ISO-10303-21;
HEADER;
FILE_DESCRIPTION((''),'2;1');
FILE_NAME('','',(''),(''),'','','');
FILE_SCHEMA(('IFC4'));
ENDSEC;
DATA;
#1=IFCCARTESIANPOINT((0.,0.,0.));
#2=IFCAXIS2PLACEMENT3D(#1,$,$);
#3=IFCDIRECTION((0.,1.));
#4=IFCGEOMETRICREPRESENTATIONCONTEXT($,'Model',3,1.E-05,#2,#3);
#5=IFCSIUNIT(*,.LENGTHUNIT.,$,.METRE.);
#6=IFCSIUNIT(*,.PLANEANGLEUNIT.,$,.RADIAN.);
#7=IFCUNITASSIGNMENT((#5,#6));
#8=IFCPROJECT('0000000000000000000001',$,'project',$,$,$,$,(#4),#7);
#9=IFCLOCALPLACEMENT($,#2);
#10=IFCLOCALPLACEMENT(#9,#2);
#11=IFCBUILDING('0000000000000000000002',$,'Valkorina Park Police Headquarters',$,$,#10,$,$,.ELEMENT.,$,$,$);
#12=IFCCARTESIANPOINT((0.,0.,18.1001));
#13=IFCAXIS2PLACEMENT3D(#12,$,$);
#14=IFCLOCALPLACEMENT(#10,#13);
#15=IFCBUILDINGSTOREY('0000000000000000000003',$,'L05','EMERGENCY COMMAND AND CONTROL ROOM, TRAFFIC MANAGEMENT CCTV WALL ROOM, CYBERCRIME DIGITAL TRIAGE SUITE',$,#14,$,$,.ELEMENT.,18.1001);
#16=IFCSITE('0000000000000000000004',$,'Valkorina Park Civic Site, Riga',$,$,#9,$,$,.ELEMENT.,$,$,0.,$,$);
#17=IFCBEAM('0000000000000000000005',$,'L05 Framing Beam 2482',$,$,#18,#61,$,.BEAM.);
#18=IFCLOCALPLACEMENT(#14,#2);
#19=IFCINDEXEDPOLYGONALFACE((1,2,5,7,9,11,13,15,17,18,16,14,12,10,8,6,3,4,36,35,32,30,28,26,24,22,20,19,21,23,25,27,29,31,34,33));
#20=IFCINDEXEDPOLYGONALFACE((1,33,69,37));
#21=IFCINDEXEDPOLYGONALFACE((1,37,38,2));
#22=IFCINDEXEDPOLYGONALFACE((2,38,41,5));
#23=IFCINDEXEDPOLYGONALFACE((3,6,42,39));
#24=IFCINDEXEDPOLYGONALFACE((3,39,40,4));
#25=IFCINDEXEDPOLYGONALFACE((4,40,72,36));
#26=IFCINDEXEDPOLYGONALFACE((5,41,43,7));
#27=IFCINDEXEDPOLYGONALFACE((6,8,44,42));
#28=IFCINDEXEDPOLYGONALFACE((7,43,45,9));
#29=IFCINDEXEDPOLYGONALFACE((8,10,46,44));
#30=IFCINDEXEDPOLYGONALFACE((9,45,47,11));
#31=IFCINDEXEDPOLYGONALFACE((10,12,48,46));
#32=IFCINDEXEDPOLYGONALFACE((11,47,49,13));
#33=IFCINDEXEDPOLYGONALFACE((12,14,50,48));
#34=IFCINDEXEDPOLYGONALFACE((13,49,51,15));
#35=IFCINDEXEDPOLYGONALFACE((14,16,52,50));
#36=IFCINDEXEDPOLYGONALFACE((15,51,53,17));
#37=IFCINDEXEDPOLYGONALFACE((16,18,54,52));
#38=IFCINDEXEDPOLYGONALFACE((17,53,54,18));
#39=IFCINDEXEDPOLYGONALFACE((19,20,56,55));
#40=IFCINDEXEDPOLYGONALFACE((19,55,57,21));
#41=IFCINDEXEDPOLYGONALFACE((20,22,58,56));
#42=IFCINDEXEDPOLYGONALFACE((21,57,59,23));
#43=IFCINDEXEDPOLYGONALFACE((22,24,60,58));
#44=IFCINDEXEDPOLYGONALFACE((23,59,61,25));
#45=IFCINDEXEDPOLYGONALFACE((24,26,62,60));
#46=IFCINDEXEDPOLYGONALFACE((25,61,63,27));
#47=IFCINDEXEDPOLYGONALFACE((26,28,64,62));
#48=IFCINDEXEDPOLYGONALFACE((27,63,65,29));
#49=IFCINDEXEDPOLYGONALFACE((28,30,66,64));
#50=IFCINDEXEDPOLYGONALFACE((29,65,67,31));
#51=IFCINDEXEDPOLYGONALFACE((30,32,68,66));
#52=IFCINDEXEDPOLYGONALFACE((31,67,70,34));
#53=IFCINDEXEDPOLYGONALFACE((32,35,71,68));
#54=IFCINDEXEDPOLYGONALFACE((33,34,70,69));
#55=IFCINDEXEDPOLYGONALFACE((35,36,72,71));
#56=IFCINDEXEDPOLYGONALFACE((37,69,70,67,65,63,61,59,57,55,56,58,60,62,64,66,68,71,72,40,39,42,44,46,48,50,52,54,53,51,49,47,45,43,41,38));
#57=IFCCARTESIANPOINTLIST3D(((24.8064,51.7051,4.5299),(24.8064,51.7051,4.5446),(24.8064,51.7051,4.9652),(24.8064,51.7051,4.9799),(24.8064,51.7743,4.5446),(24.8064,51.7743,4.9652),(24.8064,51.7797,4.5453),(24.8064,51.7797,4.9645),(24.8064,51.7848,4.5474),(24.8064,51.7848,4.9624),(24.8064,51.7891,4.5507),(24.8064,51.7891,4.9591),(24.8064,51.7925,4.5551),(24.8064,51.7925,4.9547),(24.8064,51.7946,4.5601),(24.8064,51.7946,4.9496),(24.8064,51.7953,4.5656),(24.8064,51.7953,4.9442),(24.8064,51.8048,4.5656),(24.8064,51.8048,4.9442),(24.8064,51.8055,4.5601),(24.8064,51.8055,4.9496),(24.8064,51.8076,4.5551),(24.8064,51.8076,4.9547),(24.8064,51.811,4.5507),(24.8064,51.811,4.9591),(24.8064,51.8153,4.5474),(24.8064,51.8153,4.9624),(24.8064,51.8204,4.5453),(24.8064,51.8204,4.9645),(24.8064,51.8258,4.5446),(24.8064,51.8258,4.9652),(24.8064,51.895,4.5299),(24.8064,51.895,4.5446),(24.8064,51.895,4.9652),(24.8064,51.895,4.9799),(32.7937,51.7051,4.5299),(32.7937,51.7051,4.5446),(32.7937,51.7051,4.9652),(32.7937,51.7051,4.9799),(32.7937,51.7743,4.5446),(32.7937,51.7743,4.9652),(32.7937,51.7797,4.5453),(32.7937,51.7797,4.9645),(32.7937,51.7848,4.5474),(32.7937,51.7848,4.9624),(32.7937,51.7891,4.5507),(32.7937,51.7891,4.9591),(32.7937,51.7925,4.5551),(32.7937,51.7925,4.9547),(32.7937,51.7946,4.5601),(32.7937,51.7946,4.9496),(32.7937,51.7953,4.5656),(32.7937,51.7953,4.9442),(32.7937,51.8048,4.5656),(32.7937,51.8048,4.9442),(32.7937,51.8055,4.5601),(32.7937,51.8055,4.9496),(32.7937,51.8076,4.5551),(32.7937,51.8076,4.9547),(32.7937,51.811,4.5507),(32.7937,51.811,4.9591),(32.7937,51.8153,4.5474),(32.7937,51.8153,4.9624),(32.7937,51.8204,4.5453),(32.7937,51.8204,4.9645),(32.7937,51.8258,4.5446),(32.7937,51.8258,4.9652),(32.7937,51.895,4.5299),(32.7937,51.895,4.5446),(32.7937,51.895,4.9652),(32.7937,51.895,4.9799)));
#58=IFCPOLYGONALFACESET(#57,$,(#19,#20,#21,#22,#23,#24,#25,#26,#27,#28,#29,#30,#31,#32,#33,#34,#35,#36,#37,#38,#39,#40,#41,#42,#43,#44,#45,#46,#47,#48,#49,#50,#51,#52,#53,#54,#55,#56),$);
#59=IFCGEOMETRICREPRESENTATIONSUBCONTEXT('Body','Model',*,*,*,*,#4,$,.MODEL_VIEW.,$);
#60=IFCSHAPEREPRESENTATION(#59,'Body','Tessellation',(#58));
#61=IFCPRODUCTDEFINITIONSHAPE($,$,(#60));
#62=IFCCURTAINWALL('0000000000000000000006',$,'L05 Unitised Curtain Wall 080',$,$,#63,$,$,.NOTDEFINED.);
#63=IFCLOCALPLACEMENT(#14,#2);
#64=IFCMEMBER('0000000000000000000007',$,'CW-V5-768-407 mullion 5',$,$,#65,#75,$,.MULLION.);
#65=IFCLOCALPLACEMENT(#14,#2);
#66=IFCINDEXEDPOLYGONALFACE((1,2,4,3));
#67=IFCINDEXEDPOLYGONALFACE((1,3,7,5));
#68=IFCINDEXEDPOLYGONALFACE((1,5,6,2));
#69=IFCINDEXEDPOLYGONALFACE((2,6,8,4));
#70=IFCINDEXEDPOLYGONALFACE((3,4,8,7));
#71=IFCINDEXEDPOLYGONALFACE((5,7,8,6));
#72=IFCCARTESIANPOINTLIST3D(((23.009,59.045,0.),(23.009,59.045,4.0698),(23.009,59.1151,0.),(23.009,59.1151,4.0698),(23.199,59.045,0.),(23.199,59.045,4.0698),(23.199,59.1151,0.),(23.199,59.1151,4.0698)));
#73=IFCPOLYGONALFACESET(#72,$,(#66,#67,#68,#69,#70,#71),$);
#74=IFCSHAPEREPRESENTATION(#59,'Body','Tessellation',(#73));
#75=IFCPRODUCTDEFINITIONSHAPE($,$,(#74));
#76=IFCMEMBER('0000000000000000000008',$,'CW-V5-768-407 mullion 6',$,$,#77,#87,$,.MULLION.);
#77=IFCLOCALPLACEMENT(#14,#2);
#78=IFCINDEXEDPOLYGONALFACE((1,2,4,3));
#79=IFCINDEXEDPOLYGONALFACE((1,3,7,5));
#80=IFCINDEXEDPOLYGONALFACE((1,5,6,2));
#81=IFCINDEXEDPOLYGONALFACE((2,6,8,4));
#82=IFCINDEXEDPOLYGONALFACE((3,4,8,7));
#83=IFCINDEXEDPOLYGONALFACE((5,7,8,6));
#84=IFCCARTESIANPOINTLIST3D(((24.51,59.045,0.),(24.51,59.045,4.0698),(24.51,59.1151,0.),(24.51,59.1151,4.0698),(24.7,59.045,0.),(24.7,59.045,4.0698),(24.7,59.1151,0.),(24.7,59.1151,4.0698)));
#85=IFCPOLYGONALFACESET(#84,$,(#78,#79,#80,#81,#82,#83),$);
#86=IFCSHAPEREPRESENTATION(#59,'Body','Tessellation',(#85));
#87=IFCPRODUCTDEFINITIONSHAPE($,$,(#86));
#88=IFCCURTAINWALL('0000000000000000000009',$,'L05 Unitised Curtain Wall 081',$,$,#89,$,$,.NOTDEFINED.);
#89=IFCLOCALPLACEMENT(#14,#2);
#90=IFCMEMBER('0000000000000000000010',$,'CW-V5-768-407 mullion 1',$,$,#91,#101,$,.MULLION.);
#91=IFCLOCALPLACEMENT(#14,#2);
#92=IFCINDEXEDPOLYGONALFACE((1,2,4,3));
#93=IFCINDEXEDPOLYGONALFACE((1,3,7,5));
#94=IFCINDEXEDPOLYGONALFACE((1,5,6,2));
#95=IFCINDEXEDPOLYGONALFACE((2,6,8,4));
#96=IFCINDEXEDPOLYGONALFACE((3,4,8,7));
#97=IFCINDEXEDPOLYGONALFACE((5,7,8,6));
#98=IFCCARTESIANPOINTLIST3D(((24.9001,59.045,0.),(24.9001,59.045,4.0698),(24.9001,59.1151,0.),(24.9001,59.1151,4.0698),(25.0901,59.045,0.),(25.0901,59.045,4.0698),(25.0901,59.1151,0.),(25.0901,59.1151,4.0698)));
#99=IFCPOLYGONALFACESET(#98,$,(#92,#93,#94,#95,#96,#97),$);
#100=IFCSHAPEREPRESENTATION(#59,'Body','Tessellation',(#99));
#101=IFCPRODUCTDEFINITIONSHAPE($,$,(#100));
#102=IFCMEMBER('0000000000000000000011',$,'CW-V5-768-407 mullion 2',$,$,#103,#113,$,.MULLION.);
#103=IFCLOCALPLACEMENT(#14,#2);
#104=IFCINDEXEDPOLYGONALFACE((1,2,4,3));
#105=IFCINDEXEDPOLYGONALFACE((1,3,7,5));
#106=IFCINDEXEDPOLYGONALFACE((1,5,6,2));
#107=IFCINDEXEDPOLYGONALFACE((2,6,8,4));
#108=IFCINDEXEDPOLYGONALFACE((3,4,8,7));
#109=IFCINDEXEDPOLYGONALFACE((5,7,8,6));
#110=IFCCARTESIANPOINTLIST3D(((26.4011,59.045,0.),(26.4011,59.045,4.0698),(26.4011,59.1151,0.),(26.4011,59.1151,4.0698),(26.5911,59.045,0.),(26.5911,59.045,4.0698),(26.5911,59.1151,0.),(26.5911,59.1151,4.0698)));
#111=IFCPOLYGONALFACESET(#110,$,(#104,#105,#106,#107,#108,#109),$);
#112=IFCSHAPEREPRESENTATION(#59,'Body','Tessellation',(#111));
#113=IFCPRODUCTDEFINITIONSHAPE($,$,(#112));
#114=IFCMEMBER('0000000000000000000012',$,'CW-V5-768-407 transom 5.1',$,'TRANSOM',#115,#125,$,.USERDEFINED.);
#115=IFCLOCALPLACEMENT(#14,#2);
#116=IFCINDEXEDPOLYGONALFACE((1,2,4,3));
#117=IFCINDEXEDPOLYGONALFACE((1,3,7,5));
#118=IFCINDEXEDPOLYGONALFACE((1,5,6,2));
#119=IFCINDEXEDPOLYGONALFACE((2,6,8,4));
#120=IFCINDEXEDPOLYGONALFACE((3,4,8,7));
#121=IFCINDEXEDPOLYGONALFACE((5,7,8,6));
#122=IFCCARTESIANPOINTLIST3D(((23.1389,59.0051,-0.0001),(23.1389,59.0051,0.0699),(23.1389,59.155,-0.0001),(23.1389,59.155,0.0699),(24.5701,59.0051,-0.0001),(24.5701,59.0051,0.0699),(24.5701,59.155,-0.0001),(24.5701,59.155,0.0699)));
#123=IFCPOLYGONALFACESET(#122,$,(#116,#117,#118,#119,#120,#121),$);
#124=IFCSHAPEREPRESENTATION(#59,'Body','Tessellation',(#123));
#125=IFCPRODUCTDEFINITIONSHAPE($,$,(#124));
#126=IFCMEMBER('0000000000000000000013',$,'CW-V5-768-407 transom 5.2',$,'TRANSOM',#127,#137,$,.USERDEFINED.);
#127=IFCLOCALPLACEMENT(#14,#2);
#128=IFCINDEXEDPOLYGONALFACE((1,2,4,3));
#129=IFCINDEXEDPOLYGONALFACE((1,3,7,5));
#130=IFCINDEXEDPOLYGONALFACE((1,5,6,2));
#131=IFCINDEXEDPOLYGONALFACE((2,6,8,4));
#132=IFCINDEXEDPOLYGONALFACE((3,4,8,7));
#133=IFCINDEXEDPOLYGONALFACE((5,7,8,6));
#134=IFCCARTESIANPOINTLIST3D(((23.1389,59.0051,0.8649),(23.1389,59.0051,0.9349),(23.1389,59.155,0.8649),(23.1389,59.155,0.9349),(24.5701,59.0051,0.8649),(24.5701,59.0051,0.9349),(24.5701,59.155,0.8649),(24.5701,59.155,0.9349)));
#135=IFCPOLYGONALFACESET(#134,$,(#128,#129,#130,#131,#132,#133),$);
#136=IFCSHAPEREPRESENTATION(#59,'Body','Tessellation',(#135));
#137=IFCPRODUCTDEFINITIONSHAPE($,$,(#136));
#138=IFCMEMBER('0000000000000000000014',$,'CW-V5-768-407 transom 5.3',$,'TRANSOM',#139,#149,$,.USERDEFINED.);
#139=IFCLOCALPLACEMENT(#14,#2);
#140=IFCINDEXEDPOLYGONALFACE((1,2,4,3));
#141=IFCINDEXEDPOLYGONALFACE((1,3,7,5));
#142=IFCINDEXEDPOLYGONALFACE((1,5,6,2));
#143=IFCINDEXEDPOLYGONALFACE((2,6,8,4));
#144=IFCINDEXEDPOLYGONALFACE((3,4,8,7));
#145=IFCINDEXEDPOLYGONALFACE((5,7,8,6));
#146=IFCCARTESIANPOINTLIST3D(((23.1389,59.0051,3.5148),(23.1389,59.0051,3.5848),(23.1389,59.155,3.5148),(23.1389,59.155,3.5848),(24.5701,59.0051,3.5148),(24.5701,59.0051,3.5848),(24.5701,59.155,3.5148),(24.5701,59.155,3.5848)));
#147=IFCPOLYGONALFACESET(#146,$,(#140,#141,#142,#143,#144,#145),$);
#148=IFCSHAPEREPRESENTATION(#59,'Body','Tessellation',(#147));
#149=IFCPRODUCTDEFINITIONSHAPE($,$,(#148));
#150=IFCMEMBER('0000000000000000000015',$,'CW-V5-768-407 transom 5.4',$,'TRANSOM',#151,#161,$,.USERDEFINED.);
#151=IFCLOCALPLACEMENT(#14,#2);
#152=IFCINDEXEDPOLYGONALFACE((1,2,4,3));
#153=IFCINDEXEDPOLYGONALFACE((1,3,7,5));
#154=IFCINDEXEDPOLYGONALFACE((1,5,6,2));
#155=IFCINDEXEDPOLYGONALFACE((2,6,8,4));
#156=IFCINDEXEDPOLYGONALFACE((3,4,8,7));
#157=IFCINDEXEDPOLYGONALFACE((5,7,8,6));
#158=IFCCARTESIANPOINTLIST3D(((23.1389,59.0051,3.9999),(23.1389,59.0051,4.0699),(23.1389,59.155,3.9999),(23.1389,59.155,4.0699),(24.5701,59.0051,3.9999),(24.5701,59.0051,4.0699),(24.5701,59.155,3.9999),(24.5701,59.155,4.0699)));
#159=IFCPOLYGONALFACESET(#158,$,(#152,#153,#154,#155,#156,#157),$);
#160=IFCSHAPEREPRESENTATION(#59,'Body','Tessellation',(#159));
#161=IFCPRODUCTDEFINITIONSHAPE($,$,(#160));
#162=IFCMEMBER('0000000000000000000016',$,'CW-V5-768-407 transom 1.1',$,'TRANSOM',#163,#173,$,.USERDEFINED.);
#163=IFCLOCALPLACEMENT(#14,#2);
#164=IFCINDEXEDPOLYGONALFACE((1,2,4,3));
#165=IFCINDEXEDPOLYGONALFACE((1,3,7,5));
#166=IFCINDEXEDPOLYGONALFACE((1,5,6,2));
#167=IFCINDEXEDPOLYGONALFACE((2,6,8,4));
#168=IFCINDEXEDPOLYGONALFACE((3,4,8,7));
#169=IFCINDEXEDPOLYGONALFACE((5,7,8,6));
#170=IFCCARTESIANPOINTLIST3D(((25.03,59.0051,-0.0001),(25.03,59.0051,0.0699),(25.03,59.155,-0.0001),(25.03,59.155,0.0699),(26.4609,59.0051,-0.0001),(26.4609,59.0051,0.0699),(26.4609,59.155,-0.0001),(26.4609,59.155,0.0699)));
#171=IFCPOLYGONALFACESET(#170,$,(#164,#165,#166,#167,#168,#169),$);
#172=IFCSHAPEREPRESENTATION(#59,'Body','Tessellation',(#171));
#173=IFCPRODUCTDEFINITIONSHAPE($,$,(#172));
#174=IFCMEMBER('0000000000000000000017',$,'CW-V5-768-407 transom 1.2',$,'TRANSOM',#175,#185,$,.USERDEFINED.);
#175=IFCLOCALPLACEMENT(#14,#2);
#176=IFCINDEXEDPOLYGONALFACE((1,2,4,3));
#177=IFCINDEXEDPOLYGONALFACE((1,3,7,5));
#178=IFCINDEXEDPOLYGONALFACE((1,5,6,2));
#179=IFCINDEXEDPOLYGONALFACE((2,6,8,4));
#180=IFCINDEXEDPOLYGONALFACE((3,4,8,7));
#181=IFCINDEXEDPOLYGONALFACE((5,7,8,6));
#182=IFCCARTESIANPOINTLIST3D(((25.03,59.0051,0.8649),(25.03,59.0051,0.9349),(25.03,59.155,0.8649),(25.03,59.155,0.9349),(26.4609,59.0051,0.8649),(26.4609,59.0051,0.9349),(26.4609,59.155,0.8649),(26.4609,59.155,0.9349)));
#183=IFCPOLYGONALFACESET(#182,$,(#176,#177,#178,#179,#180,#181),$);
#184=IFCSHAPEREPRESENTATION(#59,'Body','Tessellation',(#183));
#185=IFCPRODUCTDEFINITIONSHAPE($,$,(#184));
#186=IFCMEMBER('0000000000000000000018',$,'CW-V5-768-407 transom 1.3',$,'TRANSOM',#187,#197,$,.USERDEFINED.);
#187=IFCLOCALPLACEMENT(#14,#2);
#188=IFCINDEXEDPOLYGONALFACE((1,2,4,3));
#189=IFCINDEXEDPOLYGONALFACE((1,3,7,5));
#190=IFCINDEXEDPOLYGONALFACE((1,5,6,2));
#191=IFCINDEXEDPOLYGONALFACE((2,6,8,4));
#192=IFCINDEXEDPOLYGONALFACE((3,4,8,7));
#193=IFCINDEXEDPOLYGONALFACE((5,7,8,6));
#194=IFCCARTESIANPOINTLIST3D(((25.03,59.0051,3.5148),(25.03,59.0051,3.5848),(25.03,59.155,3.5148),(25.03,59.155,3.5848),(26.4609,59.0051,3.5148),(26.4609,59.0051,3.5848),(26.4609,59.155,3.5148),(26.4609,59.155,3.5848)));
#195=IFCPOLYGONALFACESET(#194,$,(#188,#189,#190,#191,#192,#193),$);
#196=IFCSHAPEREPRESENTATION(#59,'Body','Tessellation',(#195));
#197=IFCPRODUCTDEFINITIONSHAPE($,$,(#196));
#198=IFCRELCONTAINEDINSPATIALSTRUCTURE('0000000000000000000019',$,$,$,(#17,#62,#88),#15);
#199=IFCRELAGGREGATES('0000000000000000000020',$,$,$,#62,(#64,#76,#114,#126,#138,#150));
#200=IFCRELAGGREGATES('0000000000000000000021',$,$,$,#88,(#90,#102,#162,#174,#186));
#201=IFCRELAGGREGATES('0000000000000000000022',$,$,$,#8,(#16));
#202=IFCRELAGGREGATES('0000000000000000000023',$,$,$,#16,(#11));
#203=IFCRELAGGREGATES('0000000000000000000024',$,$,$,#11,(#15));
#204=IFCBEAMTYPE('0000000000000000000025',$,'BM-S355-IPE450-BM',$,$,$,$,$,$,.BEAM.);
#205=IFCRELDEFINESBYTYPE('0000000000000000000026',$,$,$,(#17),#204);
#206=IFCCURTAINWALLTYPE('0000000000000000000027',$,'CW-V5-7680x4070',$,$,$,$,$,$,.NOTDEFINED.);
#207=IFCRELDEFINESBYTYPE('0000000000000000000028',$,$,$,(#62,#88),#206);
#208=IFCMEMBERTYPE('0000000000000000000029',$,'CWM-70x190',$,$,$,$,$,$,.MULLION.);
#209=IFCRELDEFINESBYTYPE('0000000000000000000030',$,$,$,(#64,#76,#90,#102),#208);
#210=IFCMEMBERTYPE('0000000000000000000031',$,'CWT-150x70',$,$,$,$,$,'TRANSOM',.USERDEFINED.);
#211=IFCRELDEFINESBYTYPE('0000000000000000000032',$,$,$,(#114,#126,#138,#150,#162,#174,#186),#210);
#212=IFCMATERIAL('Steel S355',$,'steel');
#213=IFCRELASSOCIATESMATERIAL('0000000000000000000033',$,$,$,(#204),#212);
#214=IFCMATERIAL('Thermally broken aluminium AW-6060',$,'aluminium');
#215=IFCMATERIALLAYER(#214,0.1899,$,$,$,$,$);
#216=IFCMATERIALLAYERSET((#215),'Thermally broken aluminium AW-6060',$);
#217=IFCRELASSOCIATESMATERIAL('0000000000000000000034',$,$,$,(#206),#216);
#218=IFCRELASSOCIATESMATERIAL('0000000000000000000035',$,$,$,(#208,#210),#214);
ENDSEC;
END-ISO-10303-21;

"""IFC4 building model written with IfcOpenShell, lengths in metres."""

from ifc_helpers import new_model, si_unit, direction, frame, origin, origin_2d, place, context, subcontext, project, spatial, rectangle, i_section, extrude, material, layer, layer_set, material_profile, profile_set, type_object, element, aggregate, save


model = new_model("IFC4")

# Units and contexts
model_context = context("Model", 3, precision=1e-05, world=origin(), true_north=direction((0.0, 1.0)))
body_context = subcontext(model_context, "Body", "Model", "MODEL_VIEW")
ifc_project = project(units=[si_unit("LENGTHUNIT", "METRE"), si_unit("PLANEANGLEUNIT", "RADIAN")], contexts=[model_context])

# Site, building, storey
site_placement = place(None, origin())
site = spatial("IfcSite", under=ifc_project, at=site_placement, Name="Valkorina Park Civic Site, Riga", CompositionType="ELEMENT", RefElevation=0.0)
building_placement = place(site_placement, origin())
building = spatial("IfcBuilding", under=site, at=building_placement, Name="Valkorina Park Police Headquarters", CompositionType="ELEMENT")
storey_placement = place(building_placement, frame((0.0, 0.0, 18.1001)))
storey = spatial("IfcBuildingStorey", under=building, at=storey_placement, Name="L05", Description="EMERGENCY COMMAND AND CONTROL ROOM, TRAFFIC MANAGEMENT CCTV WALL ROOM, CYBERCRIME DIGITAL TRIAGE SUITE", CompositionType="ELEMENT", Elevation=18.1001)

# Shared definitions
ifc_material_1 = material(Name="Steel S355", Category="steel")

# Beam
ifc_material_profile_1 = material_profile(ifc_material_1, i_section(OverallWidth=0.1899, OverallDepth=0.45, WebThickness=0.0095, FlangeThickness=0.0146, FilletRadius=0.021, at=origin_2d()), Name="IPE 450")
ifc_profile_set_1 = profile_set([ifc_material_profile_1], Name="Steel S355")
beam_type_1 = type_object("IfcBeamType", Name="BM-S355-IPE450-BM", PredefinedType="BEAM", material=ifc_profile_set_1)
beam_1_placement = place(storey_placement, frame((24.8064, 51.8, 4.7549), z_axis=(1.0, 0.0, 0.0), x_axis=(0.0, 1.0, 0.0)))
element("IfcBeam", 1, at=beam_1_placement, inside=storey, type_object=beam_type_1, Name="L05 Framing Beam 2482", PredefinedType="BEAM", context=body_context, shape_type="SweptSolid", body=[
    extrude(i_section(OverallWidth=0.1899, OverallDepth=0.45, WebThickness=0.0095, FlangeThickness=0.0146, FilletRadius=0.021, at=origin_2d()), origin(), (0.0, 0.0, 1.0), 7.9873),
])

# Curtain walls, members
ifc_material_2 = material(Name="Thermally broken aluminium AW-6060", Category="aluminium")
ifc_layer_1 = layer(ifc_material_2, 0.1899)
ifc_layer_set_1 = layer_set([ifc_layer_1], Name="Thermally broken aluminium AW-6060")
curtain_wall_type = type_object("IfcCurtainWallType", Name="CW-V5-7680x4070", PredefinedType="NOTDEFINED", material=ifc_layer_set_1)
curtain_wall_1_placement = place(storey_placement, origin())
curtain_wall_1 = element("IfcCurtainWall", 2, at=curtain_wall_1_placement, inside=storey, type_object=curtain_wall_type, Name="L05 Unitised Curtain Wall 080", PredefinedType="NOTDEFINED")
ifc_material_profile_2 = material_profile(ifc_material_2, rectangle(XDim=0.0701, YDim=0.1899, at=origin_2d()), Name="CWM-02 70x190")
ifc_profile_set_2 = profile_set([ifc_material_profile_2], Name="Thermally broken aluminium AW-6060")
member_type_1 = type_object("IfcMemberType", Name="CWM-70x190", PredefinedType="MULLION", material=ifc_profile_set_2)
member_1_placement = place(storey_placement, frame((23.104, 59.0801, 0.0), z_axis=(0.0, 0.0, 1.0), x_axis=(0.0, 1.0, 0.0)))
member_1 = element("IfcMember", 3, at=member_1_placement, type_object=member_type_1, Name="CW-V5-768-407 mullion 5", PredefinedType="MULLION", context=body_context, shape_type="SweptSolid", body=[
    extrude(rectangle(XDim=0.0701, YDim=0.1899, at=origin_2d()), origin(), (0.0, 0.0, 1.0), 4.0698),
])
member_2_placement = place(storey_placement, frame((24.605, 59.0801, 0.0), z_axis=(0.0, 0.0, 1.0), x_axis=(0.0, 1.0, 0.0)))
member_2 = element("IfcMember", 4, at=member_2_placement, type_object=member_type_1, Name="CW-V5-768-407 mullion 6", PredefinedType="MULLION", context=body_context, shape_type="SweptSolid", body=[
    extrude(rectangle(XDim=0.0701, YDim=0.1899, at=origin_2d()), origin(), (0.0, 0.0, 1.0), 4.0698),
])
curtain_wall_2_placement = place(storey_placement, origin())
curtain_wall_2 = element("IfcCurtainWall", 5, at=curtain_wall_2_placement, inside=storey, type_object=curtain_wall_type, Name="L05 Unitised Curtain Wall 081", PredefinedType="NOTDEFINED")
member_3_placement = place(storey_placement, frame((24.9951, 59.0801, 0.0), z_axis=(0.0, 0.0, 1.0), x_axis=(0.0, 1.0, 0.0)))
member_3 = element("IfcMember", 6, at=member_3_placement, type_object=member_type_1, Name="CW-V5-768-407 mullion 1", PredefinedType="MULLION", context=body_context, shape_type="SweptSolid", body=[
    extrude(rectangle(XDim=0.0701, YDim=0.1899, at=origin_2d()), origin(), (0.0, 0.0, 1.0), 4.0698),
])
member_4_placement = place(storey_placement, frame((26.4961, 59.0801, 0.0), z_axis=(0.0, 0.0, 1.0), x_axis=(0.0, 1.0, 0.0)))
member_4 = element("IfcMember", 7, at=member_4_placement, type_object=member_type_1, Name="CW-V5-768-407 mullion 2", PredefinedType="MULLION", context=body_context, shape_type="SweptSolid", body=[
    extrude(rectangle(XDim=0.0701, YDim=0.1899, at=origin_2d()), origin(), (0.0, 0.0, 1.0), 4.0698),
])

# Members
ifc_material_profile_3 = material_profile(ifc_material_2, rectangle(XDim=0.1499, YDim=0.0701, at=origin_2d()), Name="CWT-02 150x70")
ifc_profile_set_3 = profile_set([ifc_material_profile_3], Name="Thermally broken aluminium AW-6060")
member_type_2 = type_object("IfcMemberType", Name="CWT-150x70", ElementType="TRANSOM", PredefinedType="USERDEFINED", material=ifc_profile_set_3)
member_5_placement = place(storey_placement, frame((23.1389, 59.0801, 0.0349), z_axis=(1.0, 0.0, 0.0), x_axis=(0.0, 1.0, 0.0)))
member_5 = element("IfcMember", 8, at=member_5_placement, type_object=member_type_2, Name="CW-V5-768-407 transom 5.1", ObjectType="TRANSOM", PredefinedType="USERDEFINED", context=body_context, shape_type="SweptSolid", body=[
    extrude(rectangle(XDim=0.1499, YDim=0.0701, at=origin_2d()), origin(), (0.0, 0.0, 1.0), 1.4312),
])
member_6_placement = place(storey_placement, frame((23.1389, 59.0801, 0.8999), z_axis=(1.0, 0.0, 0.0), x_axis=(0.0, 1.0, 0.0)))
member_6 = element("IfcMember", 9, at=member_6_placement, type_object=member_type_2, Name="CW-V5-768-407 transom 5.2", ObjectType="TRANSOM", PredefinedType="USERDEFINED", context=body_context, shape_type="SweptSolid", body=[
    extrude(rectangle(XDim=0.1499, YDim=0.0701, at=origin_2d()), origin(), (0.0, 0.0, 1.0), 1.4312),
])
member_7_placement = place(storey_placement, frame((23.1389, 59.0801, 3.5498), z_axis=(1.0, 0.0, 0.0), x_axis=(0.0, 1.0, 0.0)))
member_7 = element("IfcMember", 10, at=member_7_placement, type_object=member_type_2, Name="CW-V5-768-407 transom 5.3", ObjectType="TRANSOM", PredefinedType="USERDEFINED", context=body_context, shape_type="SweptSolid", body=[
    extrude(rectangle(XDim=0.1499, YDim=0.0701, at=origin_2d()), origin(), (0.0, 0.0, 1.0), 1.4312),
])
member_8_placement = place(storey_placement, frame((23.1389, 59.0801, 4.0349), z_axis=(1.0, 0.0, 0.0), x_axis=(0.0, 1.0, 0.0)))
member_8 = element("IfcMember", 11, at=member_8_placement, type_object=member_type_2, Name="CW-V5-768-407 transom 5.4", ObjectType="TRANSOM", PredefinedType="USERDEFINED", context=body_context, shape_type="SweptSolid", body=[
    extrude(rectangle(XDim=0.1499, YDim=0.0701, at=origin_2d()), origin(), (0.0, 0.0, 1.0), 1.4312),
])
member_9_placement = place(storey_placement, frame((25.03, 59.0801, 0.0349), z_axis=(1.0, 0.0, 0.0), x_axis=(0.0, 1.0, 0.0)))
member_9 = element("IfcMember", 12, at=member_9_placement, type_object=member_type_2, Name="CW-V5-768-407 transom 1.1", ObjectType="TRANSOM", PredefinedType="USERDEFINED", context=body_context, shape_type="SweptSolid", body=[
    extrude(rectangle(XDim=0.1499, YDim=0.0701, at=origin_2d()), origin(), (0.0, 0.0, 1.0), 1.4309),
])
member_10_placement = place(storey_placement, frame((25.03, 59.0801, 0.8999), z_axis=(1.0, 0.0, 0.0), x_axis=(0.0, 1.0, 0.0)))
member_10 = element("IfcMember", 13, at=member_10_placement, type_object=member_type_2, Name="CW-V5-768-407 transom 1.2", ObjectType="TRANSOM", PredefinedType="USERDEFINED", context=body_context, shape_type="SweptSolid", body=[
    extrude(rectangle(XDim=0.1499, YDim=0.0701, at=origin_2d()), origin(), (0.0, 0.0, 1.0), 1.4309),
])
member_11_placement = place(storey_placement, frame((25.03, 59.0801, 3.5498), z_axis=(1.0, 0.0, 0.0), x_axis=(0.0, 1.0, 0.0)))
member_11 = element("IfcMember", 14, at=member_11_placement, type_object=member_type_2, Name="CW-V5-768-407 transom 1.3", ObjectType="TRANSOM", PredefinedType="USERDEFINED", context=body_context, shape_type="SweptSolid", body=[
    extrude(rectangle(XDim=0.1499, YDim=0.0701, at=origin_2d()), origin(), (0.0, 0.0, 1.0), 1.4309),
])

aggregate(curtain_wall_1, [member_1, member_2, member_5, member_6, member_7, member_8])
aggregate(curtain_wall_2, [member_3, member_4, member_9, member_10, member_11])

save(model, "model.ifc")
